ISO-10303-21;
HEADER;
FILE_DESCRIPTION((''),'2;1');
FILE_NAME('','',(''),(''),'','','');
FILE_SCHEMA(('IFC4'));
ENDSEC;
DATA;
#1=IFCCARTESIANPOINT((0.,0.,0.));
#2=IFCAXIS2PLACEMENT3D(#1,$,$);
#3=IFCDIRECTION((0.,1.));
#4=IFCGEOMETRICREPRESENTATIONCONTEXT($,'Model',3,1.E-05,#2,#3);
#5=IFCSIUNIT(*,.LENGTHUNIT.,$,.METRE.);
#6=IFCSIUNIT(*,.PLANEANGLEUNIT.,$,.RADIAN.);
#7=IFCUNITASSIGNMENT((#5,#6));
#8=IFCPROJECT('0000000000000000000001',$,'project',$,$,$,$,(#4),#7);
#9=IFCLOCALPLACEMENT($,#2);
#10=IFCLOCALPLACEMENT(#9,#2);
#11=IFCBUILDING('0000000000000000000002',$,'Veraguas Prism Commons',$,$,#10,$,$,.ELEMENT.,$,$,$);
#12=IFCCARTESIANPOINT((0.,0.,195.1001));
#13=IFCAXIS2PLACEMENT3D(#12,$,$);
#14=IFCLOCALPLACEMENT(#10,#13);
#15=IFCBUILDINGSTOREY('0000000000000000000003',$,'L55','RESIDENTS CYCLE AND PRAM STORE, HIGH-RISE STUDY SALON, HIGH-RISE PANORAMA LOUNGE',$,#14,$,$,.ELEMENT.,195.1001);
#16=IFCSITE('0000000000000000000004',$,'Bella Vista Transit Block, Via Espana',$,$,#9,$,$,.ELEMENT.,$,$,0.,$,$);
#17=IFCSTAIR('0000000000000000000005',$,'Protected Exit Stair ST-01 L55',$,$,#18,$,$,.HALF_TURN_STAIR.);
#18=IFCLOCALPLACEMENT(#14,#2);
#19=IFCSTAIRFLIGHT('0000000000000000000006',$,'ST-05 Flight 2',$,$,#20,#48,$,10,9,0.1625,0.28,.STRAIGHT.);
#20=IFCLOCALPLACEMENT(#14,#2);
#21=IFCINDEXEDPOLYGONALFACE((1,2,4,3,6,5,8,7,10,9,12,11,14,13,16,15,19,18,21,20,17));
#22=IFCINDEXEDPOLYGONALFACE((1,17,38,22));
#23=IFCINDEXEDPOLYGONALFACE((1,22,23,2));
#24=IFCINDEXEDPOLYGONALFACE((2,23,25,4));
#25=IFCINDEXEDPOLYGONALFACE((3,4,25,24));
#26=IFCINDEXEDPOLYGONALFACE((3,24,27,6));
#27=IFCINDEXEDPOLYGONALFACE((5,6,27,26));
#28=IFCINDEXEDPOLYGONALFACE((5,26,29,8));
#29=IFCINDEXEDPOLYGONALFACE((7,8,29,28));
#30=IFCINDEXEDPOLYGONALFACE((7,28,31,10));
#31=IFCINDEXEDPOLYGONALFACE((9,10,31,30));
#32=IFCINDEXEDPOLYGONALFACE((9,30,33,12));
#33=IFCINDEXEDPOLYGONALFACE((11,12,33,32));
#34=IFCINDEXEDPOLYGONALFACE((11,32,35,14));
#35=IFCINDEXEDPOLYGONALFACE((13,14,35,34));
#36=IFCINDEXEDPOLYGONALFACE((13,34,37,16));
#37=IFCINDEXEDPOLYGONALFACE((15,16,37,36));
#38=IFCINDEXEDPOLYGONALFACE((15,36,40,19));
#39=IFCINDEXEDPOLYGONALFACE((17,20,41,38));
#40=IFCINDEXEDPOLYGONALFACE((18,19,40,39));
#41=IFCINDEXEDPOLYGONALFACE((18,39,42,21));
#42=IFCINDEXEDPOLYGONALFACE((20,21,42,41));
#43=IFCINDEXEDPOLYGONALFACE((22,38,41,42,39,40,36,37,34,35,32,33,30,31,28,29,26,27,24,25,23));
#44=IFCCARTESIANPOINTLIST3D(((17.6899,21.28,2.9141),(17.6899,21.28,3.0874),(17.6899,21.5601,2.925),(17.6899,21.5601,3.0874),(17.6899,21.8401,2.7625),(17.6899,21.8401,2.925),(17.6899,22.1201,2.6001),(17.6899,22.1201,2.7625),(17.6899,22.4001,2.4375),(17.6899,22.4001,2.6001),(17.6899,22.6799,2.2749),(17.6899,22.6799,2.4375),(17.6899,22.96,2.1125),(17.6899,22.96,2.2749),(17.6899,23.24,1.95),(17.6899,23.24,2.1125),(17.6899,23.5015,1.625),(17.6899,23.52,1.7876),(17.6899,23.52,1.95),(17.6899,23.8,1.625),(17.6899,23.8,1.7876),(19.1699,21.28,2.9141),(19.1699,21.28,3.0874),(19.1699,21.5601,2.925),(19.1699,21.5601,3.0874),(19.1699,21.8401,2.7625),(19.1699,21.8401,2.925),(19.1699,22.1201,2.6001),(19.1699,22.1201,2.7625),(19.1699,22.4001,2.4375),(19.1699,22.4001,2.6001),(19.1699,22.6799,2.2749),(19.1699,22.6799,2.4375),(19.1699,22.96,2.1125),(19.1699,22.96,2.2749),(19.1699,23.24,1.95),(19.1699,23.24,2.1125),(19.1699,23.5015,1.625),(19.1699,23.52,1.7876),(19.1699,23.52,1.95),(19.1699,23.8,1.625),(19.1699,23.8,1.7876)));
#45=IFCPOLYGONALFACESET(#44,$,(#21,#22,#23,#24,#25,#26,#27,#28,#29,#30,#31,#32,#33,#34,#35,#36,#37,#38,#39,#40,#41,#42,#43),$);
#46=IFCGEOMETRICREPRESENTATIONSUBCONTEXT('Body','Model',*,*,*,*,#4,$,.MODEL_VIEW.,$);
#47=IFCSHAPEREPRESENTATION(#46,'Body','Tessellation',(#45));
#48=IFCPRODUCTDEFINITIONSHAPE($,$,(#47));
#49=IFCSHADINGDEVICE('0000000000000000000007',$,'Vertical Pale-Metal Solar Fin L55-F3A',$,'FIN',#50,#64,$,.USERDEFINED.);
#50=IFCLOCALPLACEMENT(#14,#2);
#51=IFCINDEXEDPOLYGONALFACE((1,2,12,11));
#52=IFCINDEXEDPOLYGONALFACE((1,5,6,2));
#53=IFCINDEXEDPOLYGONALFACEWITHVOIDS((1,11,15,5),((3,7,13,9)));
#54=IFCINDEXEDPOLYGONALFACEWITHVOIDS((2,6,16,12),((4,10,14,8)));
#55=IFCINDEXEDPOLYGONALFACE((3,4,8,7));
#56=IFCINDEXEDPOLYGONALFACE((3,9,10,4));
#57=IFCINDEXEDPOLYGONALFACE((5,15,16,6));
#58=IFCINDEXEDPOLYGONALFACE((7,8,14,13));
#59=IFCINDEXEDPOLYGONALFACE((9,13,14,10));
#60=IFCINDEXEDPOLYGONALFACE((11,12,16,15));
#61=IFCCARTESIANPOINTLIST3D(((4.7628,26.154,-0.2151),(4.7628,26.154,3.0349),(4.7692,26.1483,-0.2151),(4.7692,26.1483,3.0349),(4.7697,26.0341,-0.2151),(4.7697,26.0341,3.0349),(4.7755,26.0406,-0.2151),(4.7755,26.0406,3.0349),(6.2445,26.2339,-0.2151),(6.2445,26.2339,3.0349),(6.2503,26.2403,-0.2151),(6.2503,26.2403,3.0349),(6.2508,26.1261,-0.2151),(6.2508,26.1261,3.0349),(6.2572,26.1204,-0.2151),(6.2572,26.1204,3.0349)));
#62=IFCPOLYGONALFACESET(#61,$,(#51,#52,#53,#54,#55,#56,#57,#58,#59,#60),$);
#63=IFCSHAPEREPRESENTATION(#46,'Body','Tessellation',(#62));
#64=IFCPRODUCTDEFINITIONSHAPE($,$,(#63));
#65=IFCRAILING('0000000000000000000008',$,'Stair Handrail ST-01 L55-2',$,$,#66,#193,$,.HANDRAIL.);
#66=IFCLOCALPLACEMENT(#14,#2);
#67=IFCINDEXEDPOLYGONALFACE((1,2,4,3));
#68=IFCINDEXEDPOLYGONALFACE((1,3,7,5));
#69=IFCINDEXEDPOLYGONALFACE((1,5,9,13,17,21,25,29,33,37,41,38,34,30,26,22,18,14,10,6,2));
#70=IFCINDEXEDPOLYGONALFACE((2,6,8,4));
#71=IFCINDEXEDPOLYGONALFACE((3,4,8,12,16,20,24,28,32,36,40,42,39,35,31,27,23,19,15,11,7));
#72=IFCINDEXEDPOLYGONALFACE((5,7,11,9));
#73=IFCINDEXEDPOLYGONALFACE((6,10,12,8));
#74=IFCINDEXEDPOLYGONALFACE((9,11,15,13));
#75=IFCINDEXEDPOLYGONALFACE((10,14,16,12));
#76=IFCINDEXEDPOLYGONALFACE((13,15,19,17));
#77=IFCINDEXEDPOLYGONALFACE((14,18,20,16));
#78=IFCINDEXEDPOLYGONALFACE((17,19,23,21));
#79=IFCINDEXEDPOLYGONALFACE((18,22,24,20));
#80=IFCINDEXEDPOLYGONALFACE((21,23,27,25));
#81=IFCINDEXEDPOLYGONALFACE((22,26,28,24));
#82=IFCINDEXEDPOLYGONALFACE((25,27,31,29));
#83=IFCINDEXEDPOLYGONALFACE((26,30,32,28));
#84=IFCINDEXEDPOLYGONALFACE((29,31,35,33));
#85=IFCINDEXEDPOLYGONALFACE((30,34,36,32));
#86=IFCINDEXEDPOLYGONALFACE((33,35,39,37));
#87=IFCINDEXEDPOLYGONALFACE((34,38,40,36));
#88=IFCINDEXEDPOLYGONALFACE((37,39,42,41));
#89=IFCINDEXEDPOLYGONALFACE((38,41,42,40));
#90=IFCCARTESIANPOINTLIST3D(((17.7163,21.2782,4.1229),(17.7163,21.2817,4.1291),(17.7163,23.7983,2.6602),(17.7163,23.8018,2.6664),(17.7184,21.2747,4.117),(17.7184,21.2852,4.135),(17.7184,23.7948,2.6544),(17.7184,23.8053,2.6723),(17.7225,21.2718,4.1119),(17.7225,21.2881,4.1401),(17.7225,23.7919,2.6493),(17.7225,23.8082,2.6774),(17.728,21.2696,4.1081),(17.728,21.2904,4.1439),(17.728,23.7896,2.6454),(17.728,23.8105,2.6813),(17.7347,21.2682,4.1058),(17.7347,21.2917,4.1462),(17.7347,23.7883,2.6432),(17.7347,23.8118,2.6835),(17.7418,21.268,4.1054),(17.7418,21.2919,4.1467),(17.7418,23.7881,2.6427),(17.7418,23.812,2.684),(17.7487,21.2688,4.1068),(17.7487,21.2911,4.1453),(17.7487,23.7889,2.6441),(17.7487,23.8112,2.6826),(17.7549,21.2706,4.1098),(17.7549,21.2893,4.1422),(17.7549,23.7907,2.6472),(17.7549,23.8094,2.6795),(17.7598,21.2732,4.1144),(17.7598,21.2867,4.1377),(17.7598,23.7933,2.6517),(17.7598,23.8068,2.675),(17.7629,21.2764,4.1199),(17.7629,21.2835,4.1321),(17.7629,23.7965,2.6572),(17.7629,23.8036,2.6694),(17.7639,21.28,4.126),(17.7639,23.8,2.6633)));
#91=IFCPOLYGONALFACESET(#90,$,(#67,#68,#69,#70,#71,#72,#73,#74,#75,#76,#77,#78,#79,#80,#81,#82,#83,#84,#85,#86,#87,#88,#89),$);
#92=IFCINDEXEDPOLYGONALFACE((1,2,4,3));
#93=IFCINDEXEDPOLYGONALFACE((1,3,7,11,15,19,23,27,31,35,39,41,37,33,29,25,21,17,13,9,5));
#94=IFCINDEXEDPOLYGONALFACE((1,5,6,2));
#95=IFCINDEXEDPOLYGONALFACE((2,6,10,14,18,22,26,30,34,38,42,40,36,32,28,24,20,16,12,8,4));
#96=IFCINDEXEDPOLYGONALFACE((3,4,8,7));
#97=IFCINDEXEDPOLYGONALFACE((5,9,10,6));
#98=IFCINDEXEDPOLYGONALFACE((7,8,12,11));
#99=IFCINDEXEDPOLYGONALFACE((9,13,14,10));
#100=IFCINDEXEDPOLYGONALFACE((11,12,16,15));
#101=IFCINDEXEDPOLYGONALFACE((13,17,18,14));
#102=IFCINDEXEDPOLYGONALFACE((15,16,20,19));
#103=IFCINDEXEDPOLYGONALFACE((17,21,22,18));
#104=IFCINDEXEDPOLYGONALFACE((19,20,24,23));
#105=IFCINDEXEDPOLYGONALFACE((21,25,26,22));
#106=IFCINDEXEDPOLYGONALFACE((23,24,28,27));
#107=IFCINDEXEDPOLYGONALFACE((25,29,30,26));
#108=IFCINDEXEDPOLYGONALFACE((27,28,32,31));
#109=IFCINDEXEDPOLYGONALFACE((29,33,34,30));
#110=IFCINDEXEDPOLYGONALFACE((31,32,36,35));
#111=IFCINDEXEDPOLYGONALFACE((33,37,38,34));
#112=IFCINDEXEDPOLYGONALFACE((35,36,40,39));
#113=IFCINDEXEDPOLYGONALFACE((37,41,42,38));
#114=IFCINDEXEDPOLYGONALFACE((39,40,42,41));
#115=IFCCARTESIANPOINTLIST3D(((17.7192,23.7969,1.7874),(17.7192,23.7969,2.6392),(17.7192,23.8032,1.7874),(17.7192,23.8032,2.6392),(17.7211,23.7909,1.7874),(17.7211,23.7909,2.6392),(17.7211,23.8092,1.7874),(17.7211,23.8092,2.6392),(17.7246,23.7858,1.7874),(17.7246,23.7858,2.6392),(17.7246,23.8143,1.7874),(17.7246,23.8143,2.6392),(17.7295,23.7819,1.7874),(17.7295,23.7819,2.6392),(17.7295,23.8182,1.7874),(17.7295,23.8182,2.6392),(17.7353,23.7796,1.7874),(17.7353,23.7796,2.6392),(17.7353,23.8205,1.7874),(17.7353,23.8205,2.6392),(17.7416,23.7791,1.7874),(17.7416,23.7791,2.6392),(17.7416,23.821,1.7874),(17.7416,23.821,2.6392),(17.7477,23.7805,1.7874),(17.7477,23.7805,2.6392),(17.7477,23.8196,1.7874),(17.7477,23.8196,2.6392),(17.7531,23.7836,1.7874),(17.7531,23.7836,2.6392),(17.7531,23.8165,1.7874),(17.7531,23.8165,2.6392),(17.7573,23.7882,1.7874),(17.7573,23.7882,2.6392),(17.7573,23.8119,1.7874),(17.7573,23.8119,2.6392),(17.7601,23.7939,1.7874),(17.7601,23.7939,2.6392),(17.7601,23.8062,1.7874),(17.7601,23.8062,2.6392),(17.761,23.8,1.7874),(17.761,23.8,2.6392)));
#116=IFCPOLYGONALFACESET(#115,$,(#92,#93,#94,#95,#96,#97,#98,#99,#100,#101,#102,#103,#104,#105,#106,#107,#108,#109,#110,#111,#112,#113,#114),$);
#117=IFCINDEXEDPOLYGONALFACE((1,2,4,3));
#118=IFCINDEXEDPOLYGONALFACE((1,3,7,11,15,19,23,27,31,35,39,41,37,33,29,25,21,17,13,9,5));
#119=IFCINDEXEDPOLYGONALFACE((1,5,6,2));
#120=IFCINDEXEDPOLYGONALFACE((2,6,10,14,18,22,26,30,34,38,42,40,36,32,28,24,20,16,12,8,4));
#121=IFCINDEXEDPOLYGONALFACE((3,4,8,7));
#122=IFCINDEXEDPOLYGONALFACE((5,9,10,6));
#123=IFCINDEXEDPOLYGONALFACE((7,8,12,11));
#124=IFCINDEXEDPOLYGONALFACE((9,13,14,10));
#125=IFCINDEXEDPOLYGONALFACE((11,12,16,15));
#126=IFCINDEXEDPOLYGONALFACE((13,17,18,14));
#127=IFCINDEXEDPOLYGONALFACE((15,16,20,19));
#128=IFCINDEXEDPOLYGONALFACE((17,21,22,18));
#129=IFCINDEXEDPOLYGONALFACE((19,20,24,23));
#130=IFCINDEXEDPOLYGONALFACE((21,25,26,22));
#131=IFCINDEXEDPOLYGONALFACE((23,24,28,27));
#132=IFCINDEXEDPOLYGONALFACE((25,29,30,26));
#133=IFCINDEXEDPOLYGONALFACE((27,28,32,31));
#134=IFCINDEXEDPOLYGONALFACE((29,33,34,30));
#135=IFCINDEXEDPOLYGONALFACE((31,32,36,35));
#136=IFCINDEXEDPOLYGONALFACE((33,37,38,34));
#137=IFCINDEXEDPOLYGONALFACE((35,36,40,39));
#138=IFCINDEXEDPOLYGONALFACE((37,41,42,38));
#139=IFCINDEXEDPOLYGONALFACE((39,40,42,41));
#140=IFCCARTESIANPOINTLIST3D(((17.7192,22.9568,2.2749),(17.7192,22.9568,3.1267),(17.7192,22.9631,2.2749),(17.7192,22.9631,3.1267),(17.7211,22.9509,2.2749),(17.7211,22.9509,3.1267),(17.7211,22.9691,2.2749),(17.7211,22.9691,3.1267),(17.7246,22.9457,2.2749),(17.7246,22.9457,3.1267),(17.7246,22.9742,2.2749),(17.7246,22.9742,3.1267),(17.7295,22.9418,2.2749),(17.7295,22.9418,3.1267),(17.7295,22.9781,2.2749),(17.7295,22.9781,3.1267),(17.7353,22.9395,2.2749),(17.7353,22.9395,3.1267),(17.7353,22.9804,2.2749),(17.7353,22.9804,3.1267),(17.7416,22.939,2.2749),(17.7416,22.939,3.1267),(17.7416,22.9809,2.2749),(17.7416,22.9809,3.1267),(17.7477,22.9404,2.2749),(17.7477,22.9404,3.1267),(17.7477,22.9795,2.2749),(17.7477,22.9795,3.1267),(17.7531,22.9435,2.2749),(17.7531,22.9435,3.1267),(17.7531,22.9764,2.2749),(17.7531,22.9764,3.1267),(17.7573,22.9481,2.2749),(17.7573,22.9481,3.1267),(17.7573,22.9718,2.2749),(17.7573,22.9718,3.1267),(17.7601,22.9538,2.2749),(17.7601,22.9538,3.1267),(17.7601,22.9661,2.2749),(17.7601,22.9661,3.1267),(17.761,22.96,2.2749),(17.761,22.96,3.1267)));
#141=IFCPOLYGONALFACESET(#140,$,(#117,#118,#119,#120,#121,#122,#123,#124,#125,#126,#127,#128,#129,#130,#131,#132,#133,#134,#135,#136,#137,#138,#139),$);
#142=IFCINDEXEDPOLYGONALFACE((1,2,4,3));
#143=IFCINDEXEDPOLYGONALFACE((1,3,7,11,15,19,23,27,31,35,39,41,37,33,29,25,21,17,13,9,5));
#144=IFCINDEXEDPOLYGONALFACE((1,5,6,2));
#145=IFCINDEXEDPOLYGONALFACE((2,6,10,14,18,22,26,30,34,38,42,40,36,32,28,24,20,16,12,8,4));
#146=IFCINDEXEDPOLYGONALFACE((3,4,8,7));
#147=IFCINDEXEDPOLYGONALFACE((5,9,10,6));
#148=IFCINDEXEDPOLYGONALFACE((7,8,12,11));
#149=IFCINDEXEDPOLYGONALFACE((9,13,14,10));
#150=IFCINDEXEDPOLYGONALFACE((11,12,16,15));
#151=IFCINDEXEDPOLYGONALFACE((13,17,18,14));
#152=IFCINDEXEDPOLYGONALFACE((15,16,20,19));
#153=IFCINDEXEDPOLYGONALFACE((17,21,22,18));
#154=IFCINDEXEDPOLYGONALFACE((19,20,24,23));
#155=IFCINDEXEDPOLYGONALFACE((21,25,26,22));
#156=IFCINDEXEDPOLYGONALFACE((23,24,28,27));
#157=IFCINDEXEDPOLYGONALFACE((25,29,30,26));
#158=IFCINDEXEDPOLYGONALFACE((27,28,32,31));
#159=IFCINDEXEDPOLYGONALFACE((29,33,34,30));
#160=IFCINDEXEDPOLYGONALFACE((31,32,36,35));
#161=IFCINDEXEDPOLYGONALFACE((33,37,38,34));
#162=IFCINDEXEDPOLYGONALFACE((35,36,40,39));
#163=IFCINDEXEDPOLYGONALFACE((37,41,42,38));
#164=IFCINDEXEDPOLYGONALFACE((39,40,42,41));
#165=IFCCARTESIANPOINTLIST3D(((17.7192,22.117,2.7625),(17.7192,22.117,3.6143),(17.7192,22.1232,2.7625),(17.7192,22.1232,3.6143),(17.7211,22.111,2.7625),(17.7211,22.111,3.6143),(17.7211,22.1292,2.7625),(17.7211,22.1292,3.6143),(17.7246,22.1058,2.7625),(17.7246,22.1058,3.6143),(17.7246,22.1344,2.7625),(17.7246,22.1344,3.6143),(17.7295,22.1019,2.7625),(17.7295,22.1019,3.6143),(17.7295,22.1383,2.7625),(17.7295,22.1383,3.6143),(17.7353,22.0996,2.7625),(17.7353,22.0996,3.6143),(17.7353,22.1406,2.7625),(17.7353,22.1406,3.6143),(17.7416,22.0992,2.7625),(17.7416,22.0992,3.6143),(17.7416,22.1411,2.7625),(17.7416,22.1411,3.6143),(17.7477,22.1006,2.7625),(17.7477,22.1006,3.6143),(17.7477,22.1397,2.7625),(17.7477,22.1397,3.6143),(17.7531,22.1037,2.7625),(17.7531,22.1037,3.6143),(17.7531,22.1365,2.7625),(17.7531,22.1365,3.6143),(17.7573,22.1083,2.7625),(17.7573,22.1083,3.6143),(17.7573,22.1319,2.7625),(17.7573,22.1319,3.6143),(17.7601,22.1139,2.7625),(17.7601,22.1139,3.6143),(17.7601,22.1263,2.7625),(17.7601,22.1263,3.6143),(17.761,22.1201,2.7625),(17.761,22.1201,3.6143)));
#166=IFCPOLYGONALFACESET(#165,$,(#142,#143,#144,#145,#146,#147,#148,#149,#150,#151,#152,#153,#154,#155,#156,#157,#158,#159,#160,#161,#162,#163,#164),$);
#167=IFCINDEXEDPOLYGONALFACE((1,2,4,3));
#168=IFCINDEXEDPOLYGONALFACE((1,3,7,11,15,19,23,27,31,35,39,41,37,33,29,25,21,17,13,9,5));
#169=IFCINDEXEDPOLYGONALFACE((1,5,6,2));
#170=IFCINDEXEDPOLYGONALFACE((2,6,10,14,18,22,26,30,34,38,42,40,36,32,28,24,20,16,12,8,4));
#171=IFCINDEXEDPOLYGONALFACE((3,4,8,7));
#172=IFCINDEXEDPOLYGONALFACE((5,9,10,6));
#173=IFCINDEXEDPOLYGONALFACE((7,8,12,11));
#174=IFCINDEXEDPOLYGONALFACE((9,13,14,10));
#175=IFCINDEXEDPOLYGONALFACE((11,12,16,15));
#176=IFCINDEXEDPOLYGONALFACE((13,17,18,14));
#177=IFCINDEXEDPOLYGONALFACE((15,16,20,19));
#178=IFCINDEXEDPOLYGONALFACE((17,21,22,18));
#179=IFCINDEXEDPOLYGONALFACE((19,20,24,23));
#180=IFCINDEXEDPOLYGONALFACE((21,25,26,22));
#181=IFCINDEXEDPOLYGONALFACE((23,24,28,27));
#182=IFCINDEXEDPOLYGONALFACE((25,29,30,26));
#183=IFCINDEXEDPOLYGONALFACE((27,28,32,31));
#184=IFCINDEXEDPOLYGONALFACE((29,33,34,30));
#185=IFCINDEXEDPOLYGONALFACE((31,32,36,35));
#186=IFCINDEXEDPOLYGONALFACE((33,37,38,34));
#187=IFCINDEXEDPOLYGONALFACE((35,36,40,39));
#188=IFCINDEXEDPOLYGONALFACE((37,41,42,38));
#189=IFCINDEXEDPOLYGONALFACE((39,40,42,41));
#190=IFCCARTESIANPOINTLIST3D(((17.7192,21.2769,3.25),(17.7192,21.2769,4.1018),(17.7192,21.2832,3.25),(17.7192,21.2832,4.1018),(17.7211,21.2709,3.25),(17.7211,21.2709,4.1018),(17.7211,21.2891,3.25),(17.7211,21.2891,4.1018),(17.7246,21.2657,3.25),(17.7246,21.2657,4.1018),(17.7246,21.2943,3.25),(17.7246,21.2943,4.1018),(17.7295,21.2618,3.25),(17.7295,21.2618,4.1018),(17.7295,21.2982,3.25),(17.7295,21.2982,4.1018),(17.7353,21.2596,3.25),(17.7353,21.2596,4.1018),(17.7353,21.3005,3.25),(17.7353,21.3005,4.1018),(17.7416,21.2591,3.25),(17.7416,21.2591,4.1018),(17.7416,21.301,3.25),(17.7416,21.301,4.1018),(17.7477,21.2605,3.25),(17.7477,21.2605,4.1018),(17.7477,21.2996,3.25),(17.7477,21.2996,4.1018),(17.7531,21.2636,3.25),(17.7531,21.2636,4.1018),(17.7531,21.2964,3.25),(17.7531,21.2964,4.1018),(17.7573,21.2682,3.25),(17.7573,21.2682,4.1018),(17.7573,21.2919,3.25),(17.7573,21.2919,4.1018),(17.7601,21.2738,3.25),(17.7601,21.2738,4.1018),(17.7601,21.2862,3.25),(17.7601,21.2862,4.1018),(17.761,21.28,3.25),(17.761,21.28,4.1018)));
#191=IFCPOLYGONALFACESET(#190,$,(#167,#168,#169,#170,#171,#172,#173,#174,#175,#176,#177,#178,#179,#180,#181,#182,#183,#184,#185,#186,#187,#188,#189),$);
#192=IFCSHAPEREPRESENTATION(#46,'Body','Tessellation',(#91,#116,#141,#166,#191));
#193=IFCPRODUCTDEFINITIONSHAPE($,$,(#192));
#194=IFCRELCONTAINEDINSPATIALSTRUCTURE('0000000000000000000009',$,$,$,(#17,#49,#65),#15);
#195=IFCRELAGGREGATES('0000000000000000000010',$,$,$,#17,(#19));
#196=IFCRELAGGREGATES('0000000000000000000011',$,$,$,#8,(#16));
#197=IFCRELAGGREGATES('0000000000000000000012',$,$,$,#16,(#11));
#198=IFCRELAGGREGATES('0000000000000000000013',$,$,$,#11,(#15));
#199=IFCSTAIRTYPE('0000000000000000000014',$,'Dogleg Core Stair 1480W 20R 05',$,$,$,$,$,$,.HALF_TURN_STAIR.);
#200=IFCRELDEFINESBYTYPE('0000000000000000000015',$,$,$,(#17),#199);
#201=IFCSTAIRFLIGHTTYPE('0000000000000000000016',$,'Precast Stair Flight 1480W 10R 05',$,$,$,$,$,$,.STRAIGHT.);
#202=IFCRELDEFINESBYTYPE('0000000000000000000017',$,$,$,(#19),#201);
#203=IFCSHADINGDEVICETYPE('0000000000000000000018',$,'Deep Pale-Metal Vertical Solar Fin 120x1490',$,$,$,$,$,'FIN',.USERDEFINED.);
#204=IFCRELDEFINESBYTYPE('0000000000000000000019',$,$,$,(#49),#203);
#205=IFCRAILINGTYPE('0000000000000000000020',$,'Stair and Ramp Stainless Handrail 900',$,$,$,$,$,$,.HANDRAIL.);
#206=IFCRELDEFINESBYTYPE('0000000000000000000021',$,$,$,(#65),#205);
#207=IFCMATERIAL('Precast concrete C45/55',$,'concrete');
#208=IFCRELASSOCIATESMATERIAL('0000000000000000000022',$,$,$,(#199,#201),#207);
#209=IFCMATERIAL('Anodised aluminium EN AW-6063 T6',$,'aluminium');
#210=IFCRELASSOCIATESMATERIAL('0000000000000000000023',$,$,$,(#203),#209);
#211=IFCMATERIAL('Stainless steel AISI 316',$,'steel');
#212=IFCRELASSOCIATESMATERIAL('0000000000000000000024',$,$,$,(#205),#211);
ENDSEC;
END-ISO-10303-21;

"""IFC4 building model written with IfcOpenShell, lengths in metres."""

from ifc_helpers import new_model, si_unit, direction, frame, origin, origin_2d, place, context, subcontext, project, spatial, polyline, hollow_rectangle, circle, outline, extrude, material, material_profile, profile_set, type_object, element, aggregate, save


model = new_model("IFC4")

# Units and contexts
model_context = context("Model", 3, precision=1e-05, world=origin(), true_north=direction((0.0, 1.0)))
body_context = subcontext(model_context, "Body", "Model", "MODEL_VIEW")
ifc_project = project(units=[si_unit("LENGTHUNIT", "METRE"), si_unit("PLANEANGLEUNIT", "RADIAN")], contexts=[model_context])

# Site, building, storey
site_placement = place(None, origin())
site = spatial("IfcSite", under=ifc_project, at=site_placement, Name="Bella Vista Transit Block, Via Espana", CompositionType="ELEMENT", RefElevation=0.0)
building_placement = place(site_placement, origin())
building = spatial("IfcBuilding", under=site, at=building_placement, Name="Veraguas Prism Commons", CompositionType="ELEMENT")
storey_placement = place(building_placement, frame((0.0, 0.0, 195.1001)))
storey = spatial("IfcBuildingStorey", under=building, at=storey_placement, Name="L55", Description="RESIDENTS CYCLE AND PRAM STORE, HIGH-RISE STUDY SALON, HIGH-RISE PANORAMA LOUNGE", CompositionType="ELEMENT", Elevation=195.1001)

# Shared definitions
ifc_material_1 = material(Name="Anodised aluminium EN AW-6063 T6", Category="aluminium")

# Stair, stair flight
ifc_material_2 = material(Name="Precast concrete C45/55", Category="concrete")
stair_type = type_object("IfcStairType", Name="Dogleg Core Stair 1480W 20R 05", PredefinedType="HALF_TURN_STAIR", material=ifc_material_2)
stair_placement = place(storey_placement, origin())
stair = element("IfcStair", 1, at=stair_placement, inside=storey, type_object=stair_type, Name="Protected Exit Stair ST-01 L55", PredefinedType="HALF_TURN_STAIR")
stair_flight_type = type_object("IfcStairFlightType", Name="Precast Stair Flight 1480W 10R 05", PredefinedType="STRAIGHT", material=ifc_material_2)
stair_flight_placement = place(storey_placement, frame((18.4299, 23.8, 1.625), z_axis=(0.0, 0.0, 1.0), x_axis=(0.0, -1.0, 0.0)))
stair_flight = element("IfcStairFlight", 2, at=stair_flight_placement, type_object=stair_flight_type, Name="ST-05 Flight 2", NumberOfRisers=10, NumberOfTreads=9, PredefinedType="STRAIGHT", RiserHeight=0.1625, TreadLength=0.28, context=body_context, shape_type="SweptSolid", body=[
    extrude(outline(polyline([(0.0, 0.0), (0.0, 0.1626), (0.28, 0.1626), (0.28, 0.325), (0.5601, 0.325), (0.5601, 0.4875), (0.8401, 0.4875), (0.8401, 0.6499), (1.1201, 0.6499), (1.1201, 0.8125), (1.3999, 0.8125), (1.3999, 0.9751), (1.6799, 0.9751), (1.6799, 1.1375), (1.96, 1.1375), (1.96, 1.3), (2.24, 1.3), (2.24, 1.4624), (2.52, 1.4624), (2.52, 1.625), (2.52, 1.2891), (0.2986, 0.0), (0.0, 0.0)])), frame((0.0, 0.74, 0.0), z_axis=(0.0, -1.0, 0.0), x_axis=(1.0, 0.0, 0.0)), (0.0, 0.0, 1.0), 1.48),
])
aggregate(stair, [stair_flight])

# Shading device
ifc_material_profile_1 = material_profile(ifc_material_1, hollow_rectangle(XDim=0.1201, YDim=1.49, WallThickness=0.0061, at=origin_2d()), Name="FIN120X1490X6")
ifc_profile_set_1 = profile_set([ifc_material_profile_1], Name="Anodised aluminium EN AW-6063 T6")
shading_device_type = type_object("IfcShadingDeviceType", Name="Deep Pale-Metal Vertical Solar Fin 120x1490", ElementType="FIN", PredefinedType="USERDEFINED", material=ifc_profile_set_1)
shading_device_placement = place(storey_placement, frame((5.51, 26.1372, -0.2151), z_axis=(0.0, 0.0, 1.0), x_axis=(0.057913, -0.998322, 0.0)))
element("IfcShadingDevice", 3, at=shading_device_placement, inside=storey, type_object=shading_device_type, Name="Vertical Pale-Metal Solar Fin L55-F3A", ObjectType="FIN", PredefinedType="USERDEFINED", context=body_context, shape_type="SweptSolid", body=[
    extrude(hollow_rectangle(XDim=0.1201, YDim=1.49, WallThickness=0.0061, at=origin_2d()), origin(), (0.0, 0.0, 1.0), 3.25),
])

# Railing
ifc_material_3 = material(Name="Stainless steel AISI 316", Category="steel")
railing_type_1 = type_object("IfcRailingType", Name="Stair and Ramp Stainless Handrail 900", PredefinedType="HANDRAIL", material=ifc_material_3)
railing_1_placement = place(storey_placement, frame((17.74, 23.8, 1.7874)))
element("IfcRailing", 4, at=railing_1_placement, inside=storey, type_object=railing_type_1, Name="Stair Handrail ST-01 L55-2", PredefinedType="HANDRAIL", context=body_context, shape_type="SweptSolid", body=[
    extrude(circle(Radius=0.0239, at=origin_2d()), frame((0.0, 0.0, 0.876), z_axis=(0.0, -0.864877, 0.501984), x_axis=(1.0, 0.0, 0.0)), (0.0, 0.0, 1.0), 2.9138),
    extrude(circle(Radius=0.021, at=origin_2d()), origin(), (0.0, 0.0, 1.0), 0.8518),
    extrude(circle(Radius=0.021, at=origin_2d()), frame((0.0, -0.8401, 0.4875)), (0.0, 0.0, 1.0), 0.8518),
    extrude(circle(Radius=0.021, at=origin_2d()), frame((0.0, -1.6799, 0.9751)), (0.0, 0.0, 1.0), 0.8518),
    extrude(circle(Radius=0.021, at=origin_2d()), frame((0.0, -2.52, 1.4626)), (0.0, 0.0, 1.0), 0.8518),
])

save(model, "model.ifc")
